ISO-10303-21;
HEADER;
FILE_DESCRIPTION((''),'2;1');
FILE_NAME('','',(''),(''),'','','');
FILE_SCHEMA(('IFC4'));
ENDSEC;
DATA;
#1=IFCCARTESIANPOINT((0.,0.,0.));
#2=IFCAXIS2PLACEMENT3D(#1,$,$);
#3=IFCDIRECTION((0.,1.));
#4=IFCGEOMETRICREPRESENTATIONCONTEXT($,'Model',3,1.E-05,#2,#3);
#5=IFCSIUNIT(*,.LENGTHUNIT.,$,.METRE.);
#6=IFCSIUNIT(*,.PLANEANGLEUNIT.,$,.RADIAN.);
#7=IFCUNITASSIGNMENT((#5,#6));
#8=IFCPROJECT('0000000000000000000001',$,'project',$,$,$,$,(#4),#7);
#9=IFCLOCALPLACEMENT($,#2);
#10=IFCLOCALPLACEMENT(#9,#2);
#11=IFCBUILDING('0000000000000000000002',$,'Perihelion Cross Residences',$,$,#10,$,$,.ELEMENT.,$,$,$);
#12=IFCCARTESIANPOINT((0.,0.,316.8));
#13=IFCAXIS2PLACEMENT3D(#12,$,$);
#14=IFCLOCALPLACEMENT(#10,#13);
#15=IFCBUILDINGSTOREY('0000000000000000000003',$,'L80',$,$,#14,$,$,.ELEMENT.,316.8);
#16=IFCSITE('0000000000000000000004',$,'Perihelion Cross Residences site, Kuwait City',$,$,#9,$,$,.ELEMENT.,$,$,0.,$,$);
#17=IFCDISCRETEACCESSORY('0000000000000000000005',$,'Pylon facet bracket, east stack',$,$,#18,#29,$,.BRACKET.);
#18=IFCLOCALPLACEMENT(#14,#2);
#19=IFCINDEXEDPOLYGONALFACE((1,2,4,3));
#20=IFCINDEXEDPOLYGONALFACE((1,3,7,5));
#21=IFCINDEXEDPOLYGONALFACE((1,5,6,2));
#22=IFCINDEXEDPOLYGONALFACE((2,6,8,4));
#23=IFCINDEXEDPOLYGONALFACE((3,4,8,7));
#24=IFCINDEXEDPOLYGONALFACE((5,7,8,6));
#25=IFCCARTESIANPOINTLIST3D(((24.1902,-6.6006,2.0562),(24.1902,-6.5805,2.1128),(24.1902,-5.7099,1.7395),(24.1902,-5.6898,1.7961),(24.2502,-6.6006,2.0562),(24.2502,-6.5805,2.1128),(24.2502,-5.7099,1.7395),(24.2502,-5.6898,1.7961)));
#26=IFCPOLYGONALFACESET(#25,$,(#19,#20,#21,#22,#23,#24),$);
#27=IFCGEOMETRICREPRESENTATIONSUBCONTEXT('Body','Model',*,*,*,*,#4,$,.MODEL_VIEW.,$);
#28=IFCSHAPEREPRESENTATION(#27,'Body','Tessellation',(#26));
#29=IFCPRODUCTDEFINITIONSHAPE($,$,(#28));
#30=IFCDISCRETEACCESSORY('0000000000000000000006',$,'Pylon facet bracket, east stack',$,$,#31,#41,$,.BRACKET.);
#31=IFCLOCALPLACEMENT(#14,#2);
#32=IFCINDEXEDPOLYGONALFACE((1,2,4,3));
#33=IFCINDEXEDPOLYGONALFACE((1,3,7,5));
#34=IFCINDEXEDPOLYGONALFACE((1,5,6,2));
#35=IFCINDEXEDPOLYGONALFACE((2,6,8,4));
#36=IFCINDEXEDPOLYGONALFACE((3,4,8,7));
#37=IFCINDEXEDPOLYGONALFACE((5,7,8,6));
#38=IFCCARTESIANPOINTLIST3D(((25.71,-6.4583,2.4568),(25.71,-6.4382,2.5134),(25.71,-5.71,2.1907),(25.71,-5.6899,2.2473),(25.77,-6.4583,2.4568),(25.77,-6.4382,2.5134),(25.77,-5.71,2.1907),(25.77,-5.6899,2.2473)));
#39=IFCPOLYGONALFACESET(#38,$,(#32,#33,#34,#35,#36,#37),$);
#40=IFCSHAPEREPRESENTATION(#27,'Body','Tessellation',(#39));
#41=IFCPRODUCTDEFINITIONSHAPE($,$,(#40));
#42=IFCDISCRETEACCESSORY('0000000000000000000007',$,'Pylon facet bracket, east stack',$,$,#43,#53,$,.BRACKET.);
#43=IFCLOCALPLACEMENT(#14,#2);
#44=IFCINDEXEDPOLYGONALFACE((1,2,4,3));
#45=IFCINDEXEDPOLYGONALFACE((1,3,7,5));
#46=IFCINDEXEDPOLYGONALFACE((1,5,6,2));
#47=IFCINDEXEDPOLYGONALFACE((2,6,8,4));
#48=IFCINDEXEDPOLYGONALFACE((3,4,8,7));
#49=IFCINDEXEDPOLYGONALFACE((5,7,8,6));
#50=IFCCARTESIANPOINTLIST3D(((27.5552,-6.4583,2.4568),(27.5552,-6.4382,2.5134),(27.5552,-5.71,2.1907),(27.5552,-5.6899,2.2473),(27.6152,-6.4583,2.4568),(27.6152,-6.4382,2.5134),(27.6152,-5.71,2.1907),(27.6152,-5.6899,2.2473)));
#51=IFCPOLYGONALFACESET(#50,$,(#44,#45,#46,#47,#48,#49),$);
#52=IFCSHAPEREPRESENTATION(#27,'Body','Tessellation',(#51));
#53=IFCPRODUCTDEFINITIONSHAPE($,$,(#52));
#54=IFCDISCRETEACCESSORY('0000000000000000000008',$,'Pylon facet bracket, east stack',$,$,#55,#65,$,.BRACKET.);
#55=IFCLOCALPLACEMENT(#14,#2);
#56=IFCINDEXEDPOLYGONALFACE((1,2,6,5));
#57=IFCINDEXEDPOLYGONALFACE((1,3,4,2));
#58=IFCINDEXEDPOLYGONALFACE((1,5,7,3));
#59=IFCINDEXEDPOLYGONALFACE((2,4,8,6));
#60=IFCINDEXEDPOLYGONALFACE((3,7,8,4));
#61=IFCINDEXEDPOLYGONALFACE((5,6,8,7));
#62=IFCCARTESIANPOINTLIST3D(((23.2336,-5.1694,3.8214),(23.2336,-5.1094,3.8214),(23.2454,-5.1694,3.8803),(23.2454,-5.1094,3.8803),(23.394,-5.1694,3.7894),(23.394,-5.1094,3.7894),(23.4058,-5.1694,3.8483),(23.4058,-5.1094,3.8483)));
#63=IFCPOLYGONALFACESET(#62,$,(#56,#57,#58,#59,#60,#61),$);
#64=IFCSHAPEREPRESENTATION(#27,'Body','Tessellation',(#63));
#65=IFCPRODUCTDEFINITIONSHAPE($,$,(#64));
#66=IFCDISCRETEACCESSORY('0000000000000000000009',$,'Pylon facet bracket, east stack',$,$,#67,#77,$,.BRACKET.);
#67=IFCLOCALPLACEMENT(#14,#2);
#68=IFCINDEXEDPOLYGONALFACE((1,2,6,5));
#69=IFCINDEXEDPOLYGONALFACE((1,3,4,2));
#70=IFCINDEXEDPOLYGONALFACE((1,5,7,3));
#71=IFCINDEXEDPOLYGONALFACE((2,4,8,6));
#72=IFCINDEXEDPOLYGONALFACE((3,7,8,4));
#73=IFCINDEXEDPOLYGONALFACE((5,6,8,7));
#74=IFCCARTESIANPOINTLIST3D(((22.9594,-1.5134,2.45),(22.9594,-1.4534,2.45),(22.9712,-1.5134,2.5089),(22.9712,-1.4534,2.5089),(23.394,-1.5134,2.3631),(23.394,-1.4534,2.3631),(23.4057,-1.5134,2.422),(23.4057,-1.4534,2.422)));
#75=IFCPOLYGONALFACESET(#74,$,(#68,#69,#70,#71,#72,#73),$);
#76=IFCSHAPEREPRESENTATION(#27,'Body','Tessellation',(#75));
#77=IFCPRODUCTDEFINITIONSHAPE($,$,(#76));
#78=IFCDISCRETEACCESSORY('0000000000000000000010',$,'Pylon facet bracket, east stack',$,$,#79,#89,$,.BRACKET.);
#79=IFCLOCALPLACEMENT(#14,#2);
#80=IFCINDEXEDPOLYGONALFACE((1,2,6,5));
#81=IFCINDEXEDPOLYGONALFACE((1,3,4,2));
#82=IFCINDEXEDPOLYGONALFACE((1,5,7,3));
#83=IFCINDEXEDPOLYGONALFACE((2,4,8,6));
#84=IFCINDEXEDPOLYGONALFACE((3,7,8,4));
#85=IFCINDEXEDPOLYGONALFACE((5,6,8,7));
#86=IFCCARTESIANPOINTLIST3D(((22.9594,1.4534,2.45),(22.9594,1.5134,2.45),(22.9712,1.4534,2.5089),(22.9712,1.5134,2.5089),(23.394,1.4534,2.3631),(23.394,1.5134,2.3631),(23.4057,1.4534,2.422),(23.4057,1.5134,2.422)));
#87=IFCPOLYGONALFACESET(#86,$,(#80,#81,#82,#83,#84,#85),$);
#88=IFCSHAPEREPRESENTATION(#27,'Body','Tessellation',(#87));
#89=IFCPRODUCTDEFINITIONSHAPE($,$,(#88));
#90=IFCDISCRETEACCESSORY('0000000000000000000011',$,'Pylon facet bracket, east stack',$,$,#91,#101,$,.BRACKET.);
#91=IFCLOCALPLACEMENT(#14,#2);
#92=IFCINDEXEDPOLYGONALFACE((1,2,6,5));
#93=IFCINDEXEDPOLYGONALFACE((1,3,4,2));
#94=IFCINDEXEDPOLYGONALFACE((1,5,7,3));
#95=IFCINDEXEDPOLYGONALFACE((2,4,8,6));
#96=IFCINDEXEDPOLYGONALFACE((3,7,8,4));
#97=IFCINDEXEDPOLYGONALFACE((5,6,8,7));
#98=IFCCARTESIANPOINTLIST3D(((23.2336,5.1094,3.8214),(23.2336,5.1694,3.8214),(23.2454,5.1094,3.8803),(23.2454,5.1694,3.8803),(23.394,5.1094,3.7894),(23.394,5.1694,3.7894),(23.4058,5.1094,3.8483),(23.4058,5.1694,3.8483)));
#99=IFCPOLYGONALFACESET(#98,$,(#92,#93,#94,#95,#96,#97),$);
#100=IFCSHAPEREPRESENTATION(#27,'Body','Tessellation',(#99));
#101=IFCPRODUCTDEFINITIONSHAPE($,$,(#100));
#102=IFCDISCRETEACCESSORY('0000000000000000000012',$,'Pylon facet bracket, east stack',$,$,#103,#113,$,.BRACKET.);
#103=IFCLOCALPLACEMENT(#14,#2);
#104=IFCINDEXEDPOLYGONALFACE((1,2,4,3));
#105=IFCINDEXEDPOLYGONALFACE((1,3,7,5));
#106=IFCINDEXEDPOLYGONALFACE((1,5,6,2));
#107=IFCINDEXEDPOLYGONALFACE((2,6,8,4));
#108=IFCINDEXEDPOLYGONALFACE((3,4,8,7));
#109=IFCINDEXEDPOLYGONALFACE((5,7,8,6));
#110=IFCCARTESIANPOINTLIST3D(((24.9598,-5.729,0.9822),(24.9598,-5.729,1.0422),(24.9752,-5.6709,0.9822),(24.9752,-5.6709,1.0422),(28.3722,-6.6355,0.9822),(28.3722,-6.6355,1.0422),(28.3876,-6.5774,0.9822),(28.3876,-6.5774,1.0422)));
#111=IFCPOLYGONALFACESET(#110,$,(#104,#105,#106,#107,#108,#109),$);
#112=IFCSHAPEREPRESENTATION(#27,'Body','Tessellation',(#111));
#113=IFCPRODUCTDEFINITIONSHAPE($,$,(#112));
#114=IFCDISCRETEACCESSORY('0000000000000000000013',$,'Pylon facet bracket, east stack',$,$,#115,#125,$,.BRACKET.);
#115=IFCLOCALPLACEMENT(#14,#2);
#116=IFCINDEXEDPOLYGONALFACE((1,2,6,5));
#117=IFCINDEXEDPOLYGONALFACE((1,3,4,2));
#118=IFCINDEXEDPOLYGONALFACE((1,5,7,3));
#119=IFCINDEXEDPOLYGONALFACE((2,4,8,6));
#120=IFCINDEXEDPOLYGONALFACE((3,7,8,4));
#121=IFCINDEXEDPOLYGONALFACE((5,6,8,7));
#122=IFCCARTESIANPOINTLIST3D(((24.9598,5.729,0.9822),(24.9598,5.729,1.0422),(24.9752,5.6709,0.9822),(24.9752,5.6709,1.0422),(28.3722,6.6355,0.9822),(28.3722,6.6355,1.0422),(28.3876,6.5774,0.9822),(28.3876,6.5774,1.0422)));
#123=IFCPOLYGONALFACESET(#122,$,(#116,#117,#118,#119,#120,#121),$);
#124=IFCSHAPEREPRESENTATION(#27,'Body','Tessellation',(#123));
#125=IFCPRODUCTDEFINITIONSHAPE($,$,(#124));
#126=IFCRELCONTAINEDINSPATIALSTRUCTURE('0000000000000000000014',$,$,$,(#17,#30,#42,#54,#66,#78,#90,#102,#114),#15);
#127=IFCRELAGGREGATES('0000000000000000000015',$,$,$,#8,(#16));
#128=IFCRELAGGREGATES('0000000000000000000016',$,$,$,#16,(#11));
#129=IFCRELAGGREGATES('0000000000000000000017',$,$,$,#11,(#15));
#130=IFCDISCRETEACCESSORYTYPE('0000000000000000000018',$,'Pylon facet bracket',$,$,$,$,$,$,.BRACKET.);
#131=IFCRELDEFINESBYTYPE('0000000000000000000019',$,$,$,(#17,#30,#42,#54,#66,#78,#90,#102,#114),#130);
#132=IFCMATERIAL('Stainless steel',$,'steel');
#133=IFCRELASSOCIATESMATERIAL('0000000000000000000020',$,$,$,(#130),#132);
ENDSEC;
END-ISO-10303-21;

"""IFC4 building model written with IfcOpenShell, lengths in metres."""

from ifc_helpers import new_model, si_unit, direction, frame, origin, origin_2d, place, context, subcontext, project, spatial, rectangle, extrude, material, material_profile, profile_set, type_object, element, save


model = new_model("IFC4")

# Units and contexts
model_context = context("Model", 3, precision=1e-05, world=origin(), true_north=direction((0.0, 1.0)))
body_context = subcontext(model_context, "Body", "Model", "MODEL_VIEW")
ifc_project = project(units=[si_unit("LENGTHUNIT", "METRE"), si_unit("PLANEANGLEUNIT", "RADIAN")], contexts=[model_context])

# Site, building, storey
site_placement = place(None, origin())
site = spatial("IfcSite", under=ifc_project, at=site_placement, Name="Perihelion Cross Residences site, Kuwait City", CompositionType="ELEMENT", RefElevation=0.0)
building_placement = place(site_placement, origin())
building = spatial("IfcBuilding", under=site, at=building_placement, Name="Perihelion Cross Residences", CompositionType="ELEMENT")
storey_placement = place(building_placement, frame((0.0, 0.0, 316.8)))
storey = spatial("IfcBuildingStorey", under=building, at=storey_placement, Name="L80", CompositionType="ELEMENT", Elevation=316.8)

# Discrete accessories
ifc_material_1 = material(Name="Stainless steel", Category="steel")
ifc_material_profile_1 = material_profile(ifc_material_1, rectangle(XDim=0.0601, YDim=0.0601, at=origin_2d()), Name="Pylon facet bracket")
ifc_profile_set_1 = profile_set([ifc_material_profile_1], Name="Stainless steel")
discrete_accessory_type_1 = type_object("IfcDiscreteAccessoryType", Name="Pylon facet bracket", PredefinedType="BRACKET", material=ifc_profile_set_1)
discrete_accessory_1_placement = place(storey_placement, frame((24.2202, -6.5906, 2.0845), z_axis=(0.0, 0.94222, -0.334994), x_axis=(-1.0, 0.0, 0.0)))
element("IfcDiscreteAccessory", 1, at=discrete_accessory_1_placement, inside=storey, type_object=discrete_accessory_type_1, Name="Pylon facet bracket, east stack", PredefinedType="BRACKET", context=body_context, shape_type="SweptSolid", body=[
    extrude(rectangle(XDim=0.0601, YDim=0.0601, at=origin_2d()), origin(), (0.0, 0.0, 1.0), 0.9453),
])
for number, where, z_axis, x_axis, name in (
    (2, (25.74, -6.4482, 2.4851), (0.0, 0.942193, -0.33507), (-1.0, 0.0, 0.0), "Pylon facet bracket, east stack"),
    (3, (27.5852, -6.4482, 2.4851), (0.0, 0.942193, -0.33507), (-1.0, 0.0, 0.0), "Pylon facet bracket, east stack"),
):
    element("IfcDiscreteAccessory", number, at=place(storey_placement, frame(where, z_axis=z_axis, x_axis=x_axis)), inside=storey, type_object=discrete_accessory_type_1, Name=name, PredefinedType="BRACKET", context=body_context, shape_type="SweptSolid", body=[
        extrude(rectangle(XDim=0.0601, YDim=0.0601, at=origin_2d()), origin(), (0.0, 0.0, 1.0), 0.7942),
    ])
discrete_accessory_2_placement = place(storey_placement, frame((23.2395, -5.1394, 3.8508), z_axis=(0.980695, 0.0, -0.195542), x_axis=(0.0, 1.0, 0.0)))
element("IfcDiscreteAccessory", 4, at=discrete_accessory_2_placement, inside=storey, type_object=discrete_accessory_type_1, Name="Pylon facet bracket, east stack", PredefinedType="BRACKET", context=body_context, shape_type="SweptSolid", body=[
    extrude(rectangle(XDim=0.0601, YDim=0.0601, at=origin_2d()), origin(), (0.0, 0.0, 1.0), 0.1636),
])
for number, where, z_axis, x_axis, name in (
    (5, (22.9653, -1.4834, 2.4795), (0.980581, 0.0, -0.196116), (0.0, 1.0, 0.0), "Pylon facet bracket, east stack"),
    (6, (22.9653, 1.4834, 2.4795), (0.980581, 0.0, -0.196116), (0.0, 1.0, 0.0), "Pylon facet bracket, east stack"),
):
    element("IfcDiscreteAccessory", number, at=place(storey_placement, frame(where, z_axis=z_axis, x_axis=x_axis)), inside=storey, type_object=discrete_accessory_type_1, Name=name, PredefinedType="BRACKET", context=body_context, shape_type="SweptSolid", body=[
        extrude(rectangle(XDim=0.0601, YDim=0.0601, at=origin_2d()), origin(), (0.0, 0.0, 1.0), 0.4431),
    ])
discrete_accessory_3_placement = place(storey_placement, frame((23.2395, 5.1394, 3.8508), z_axis=(0.980695, 0.0, -0.195542), x_axis=(0.0, 1.0, 0.0)))
element("IfcDiscreteAccessory", 7, at=discrete_accessory_3_placement, inside=storey, type_object=discrete_accessory_type_1, Name="Pylon facet bracket, east stack", PredefinedType="BRACKET", context=body_context, shape_type="SweptSolid", body=[
    extrude(rectangle(XDim=0.0601, YDim=0.0601, at=origin_2d()), origin(), (0.0, 0.0, 1.0), 0.1636),
])
for number, where, z_axis, x_axis, name in (
    (8, (28.3799, -6.6064, 1.0122), (-0.966479, 0.256746, 0.0), (-0.256746, -0.966479, 0.0), "Pylon facet bracket, east stack"),
    (9, (28.3799, 6.6064, 1.0122), (-0.966479, -0.256746, 0.0), (0.256746, -0.966479, 0.0), "Pylon facet bracket, east stack"),
):
    element("IfcDiscreteAccessory", number, at=place(storey_placement, frame(where, z_axis=z_axis, x_axis=x_axis)), inside=storey, type_object=discrete_accessory_type_1, Name=name, PredefinedType="BRACKET", context=body_context, shape_type="SweptSolid", body=[
        extrude(rectangle(XDim=0.0601, YDim=0.0601, at=origin_2d()), origin(), (0.0, 0.0, 1.0), 3.5308),
    ])

save(model, "model.ifc")
